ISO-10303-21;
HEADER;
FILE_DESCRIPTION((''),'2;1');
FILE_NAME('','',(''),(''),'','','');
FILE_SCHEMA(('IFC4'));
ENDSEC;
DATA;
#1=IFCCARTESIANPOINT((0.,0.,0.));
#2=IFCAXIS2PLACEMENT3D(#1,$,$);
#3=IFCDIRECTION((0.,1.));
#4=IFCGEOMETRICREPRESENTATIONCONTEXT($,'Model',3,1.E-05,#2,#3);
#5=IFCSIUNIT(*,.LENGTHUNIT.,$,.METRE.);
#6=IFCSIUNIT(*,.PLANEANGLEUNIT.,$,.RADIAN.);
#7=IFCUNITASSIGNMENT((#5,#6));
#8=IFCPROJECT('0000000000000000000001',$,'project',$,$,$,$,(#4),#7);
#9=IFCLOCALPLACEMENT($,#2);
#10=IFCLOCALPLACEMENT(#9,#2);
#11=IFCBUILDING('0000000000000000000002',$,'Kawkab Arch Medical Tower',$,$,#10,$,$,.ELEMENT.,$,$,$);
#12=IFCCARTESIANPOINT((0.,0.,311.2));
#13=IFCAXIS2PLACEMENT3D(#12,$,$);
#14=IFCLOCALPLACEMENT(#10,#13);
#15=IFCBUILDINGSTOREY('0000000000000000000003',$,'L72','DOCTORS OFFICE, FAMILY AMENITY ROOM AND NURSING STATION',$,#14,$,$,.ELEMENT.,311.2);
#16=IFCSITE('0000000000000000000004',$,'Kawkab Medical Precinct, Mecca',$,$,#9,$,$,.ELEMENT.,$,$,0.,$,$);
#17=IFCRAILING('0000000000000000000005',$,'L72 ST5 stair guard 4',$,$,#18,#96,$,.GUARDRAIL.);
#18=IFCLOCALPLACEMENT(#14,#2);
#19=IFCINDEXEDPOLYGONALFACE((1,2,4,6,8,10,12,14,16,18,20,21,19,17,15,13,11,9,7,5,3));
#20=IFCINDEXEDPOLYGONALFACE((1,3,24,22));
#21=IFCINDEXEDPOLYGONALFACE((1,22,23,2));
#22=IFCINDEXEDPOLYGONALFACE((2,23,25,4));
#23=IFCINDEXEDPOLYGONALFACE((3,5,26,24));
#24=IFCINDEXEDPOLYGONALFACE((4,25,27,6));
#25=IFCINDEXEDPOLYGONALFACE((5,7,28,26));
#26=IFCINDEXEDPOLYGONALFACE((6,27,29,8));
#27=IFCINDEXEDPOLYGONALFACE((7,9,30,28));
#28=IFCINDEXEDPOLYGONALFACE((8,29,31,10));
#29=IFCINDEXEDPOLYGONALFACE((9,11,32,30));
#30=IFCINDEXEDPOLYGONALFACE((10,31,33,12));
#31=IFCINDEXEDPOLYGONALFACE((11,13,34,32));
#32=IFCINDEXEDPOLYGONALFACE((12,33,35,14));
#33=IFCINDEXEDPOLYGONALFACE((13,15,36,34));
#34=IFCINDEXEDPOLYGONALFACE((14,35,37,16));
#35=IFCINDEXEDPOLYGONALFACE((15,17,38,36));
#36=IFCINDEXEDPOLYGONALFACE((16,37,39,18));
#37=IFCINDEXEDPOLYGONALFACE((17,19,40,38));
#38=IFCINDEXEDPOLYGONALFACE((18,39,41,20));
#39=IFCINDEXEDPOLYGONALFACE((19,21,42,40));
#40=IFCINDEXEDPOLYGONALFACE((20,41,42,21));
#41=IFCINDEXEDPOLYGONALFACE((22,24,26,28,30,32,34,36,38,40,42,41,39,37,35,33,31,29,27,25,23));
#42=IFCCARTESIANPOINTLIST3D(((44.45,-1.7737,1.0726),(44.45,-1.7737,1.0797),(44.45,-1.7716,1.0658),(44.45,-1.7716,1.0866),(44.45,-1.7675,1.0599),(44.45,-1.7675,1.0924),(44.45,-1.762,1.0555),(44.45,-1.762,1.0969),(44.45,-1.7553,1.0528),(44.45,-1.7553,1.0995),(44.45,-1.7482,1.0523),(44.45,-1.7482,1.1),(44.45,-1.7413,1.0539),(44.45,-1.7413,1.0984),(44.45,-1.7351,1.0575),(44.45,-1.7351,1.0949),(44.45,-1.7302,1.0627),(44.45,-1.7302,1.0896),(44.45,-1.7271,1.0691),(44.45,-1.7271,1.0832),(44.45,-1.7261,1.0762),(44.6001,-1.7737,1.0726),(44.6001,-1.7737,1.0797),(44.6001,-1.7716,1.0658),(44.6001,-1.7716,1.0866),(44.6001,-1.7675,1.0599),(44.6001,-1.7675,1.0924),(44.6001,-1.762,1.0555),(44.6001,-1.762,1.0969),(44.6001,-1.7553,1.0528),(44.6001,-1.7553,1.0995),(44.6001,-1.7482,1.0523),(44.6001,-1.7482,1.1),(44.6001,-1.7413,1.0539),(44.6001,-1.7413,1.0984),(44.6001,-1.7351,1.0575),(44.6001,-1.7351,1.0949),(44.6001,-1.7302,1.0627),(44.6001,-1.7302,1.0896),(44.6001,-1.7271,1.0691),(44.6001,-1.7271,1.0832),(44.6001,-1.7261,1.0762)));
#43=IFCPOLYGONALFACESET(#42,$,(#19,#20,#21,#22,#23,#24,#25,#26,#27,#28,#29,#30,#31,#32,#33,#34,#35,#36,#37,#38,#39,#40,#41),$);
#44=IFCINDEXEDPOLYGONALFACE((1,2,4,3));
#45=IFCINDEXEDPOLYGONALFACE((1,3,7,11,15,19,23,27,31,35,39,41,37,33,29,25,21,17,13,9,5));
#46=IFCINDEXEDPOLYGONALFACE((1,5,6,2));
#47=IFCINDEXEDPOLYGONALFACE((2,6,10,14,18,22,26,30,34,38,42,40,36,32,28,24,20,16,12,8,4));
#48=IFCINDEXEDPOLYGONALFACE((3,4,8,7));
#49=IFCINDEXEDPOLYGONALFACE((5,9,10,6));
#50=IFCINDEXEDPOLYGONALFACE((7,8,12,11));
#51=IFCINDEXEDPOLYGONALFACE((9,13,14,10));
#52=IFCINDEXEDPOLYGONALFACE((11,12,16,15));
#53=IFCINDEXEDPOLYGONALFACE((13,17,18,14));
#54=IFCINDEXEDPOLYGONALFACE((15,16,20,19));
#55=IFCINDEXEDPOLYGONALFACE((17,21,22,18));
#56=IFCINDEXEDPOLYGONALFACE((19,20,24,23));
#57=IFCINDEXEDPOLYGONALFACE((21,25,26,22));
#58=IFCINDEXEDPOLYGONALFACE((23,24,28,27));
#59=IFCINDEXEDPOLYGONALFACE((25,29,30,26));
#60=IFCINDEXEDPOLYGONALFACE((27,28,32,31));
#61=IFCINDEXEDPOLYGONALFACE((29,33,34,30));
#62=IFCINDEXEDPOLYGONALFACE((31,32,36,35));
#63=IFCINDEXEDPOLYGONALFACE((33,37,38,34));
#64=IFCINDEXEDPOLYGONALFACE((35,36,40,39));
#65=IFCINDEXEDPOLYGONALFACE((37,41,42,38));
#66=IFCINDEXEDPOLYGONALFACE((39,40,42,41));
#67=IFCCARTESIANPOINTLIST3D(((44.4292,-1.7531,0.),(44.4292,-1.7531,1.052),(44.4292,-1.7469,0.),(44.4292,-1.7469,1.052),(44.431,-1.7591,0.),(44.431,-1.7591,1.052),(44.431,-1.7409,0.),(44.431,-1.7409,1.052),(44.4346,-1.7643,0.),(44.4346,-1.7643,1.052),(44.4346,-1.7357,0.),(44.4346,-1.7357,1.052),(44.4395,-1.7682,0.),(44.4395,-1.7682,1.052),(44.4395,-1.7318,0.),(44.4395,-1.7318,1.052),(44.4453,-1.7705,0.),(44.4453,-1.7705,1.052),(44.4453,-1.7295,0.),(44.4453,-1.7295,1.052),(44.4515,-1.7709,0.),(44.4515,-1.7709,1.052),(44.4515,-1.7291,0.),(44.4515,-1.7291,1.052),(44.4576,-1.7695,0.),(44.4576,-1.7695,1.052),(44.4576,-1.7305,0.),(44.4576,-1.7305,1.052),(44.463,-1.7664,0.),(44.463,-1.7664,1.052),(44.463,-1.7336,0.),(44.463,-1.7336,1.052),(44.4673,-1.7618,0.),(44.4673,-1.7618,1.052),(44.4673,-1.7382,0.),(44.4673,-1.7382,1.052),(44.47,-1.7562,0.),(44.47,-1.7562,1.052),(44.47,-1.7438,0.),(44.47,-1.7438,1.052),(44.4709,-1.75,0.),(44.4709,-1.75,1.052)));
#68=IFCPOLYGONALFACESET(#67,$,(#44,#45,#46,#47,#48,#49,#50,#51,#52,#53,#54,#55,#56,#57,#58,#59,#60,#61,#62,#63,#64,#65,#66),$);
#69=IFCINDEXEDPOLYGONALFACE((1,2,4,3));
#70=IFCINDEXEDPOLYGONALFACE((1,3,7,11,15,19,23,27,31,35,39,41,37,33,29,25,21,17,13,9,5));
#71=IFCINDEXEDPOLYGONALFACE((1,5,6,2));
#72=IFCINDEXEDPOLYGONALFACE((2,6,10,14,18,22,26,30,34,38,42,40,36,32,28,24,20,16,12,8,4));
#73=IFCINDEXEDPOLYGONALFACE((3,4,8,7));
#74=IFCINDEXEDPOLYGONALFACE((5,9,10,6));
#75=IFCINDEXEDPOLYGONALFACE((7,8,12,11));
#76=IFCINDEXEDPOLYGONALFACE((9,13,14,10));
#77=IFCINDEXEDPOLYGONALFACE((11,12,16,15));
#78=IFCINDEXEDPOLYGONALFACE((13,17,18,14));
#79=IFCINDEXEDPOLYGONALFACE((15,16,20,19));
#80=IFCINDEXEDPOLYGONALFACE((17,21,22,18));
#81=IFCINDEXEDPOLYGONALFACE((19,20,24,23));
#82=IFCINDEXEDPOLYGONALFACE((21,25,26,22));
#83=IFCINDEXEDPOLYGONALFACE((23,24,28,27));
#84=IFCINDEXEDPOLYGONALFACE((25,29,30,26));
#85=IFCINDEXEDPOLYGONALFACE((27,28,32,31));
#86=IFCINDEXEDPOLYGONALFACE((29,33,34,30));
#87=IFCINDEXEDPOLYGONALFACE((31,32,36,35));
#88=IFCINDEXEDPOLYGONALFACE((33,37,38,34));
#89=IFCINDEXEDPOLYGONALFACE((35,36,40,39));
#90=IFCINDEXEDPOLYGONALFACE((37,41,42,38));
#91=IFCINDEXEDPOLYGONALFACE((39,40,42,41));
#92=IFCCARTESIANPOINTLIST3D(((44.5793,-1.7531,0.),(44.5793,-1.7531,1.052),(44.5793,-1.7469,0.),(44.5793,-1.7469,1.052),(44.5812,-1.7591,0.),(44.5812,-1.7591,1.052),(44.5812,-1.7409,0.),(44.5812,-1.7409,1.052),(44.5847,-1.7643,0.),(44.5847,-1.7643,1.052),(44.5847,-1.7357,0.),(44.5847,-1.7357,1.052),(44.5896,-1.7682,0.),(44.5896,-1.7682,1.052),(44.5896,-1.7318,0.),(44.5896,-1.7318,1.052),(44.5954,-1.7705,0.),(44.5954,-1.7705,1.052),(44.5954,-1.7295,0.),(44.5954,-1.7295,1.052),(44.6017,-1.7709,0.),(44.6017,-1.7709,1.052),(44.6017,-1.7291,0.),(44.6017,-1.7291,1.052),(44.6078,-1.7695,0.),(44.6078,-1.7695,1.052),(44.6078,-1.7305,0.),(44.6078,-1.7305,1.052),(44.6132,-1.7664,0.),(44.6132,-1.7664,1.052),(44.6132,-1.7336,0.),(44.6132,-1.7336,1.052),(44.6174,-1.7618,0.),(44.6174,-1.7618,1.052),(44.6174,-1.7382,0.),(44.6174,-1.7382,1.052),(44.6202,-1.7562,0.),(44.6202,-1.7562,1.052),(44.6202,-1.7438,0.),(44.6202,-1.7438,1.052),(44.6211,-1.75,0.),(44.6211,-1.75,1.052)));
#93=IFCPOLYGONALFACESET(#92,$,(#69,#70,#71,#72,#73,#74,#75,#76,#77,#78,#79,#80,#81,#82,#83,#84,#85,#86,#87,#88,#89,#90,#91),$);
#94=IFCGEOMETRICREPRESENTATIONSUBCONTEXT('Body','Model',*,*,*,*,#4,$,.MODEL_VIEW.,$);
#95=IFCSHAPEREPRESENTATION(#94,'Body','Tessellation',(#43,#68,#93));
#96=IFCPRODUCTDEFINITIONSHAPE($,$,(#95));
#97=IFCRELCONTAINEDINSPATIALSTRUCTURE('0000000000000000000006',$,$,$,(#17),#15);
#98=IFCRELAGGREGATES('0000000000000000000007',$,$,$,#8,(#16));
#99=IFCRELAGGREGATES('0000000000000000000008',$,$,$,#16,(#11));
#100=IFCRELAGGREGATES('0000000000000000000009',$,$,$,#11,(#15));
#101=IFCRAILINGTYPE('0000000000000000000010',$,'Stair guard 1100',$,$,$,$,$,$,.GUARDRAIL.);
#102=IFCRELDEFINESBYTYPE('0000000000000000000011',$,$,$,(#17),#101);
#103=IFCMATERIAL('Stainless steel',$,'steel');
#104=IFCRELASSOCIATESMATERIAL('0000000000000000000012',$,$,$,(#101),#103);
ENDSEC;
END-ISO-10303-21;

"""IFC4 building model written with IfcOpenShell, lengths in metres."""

from ifc_helpers import new_model, si_unit, direction, frame, origin, origin_2d, place, context, subcontext, project, spatial, circle, extrude, material, type_object, element, save


model = new_model("IFC4")

# Units and contexts
model_context = context("Model", 3, precision=1e-05, world=origin(), true_north=direction((0.0, 1.0)))
body_context = subcontext(model_context, "Body", "Model", "MODEL_VIEW")
ifc_project = project(units=[si_unit("LENGTHUNIT", "METRE"), si_unit("PLANEANGLEUNIT", "RADIAN")], contexts=[model_context])

# Site, building, storey
site_placement = place(None, origin())
site = spatial("IfcSite", under=ifc_project, at=site_placement, Name="Kawkab Medical Precinct, Mecca", CompositionType="ELEMENT", RefElevation=0.0)
building_placement = place(site_placement, origin())
building = spatial("IfcBuilding", under=site, at=building_placement, Name="Kawkab Arch Medical Tower", CompositionType="ELEMENT")
storey_placement = place(building_placement, frame((0.0, 0.0, 311.2)))
storey = spatial("IfcBuildingStorey", under=building, at=storey_placement, Name="L72", Description="DOCTORS OFFICE, FAMILY AMENITY ROOM AND NURSING STATION", CompositionType="ELEMENT", Elevation=311.2)

# Railing
ifc_material_1 = material(Name="Stainless steel", Category="steel")
railing_type = type_object("IfcRailingType", Name="Stair guard 1100", PredefinedType="GUARDRAIL", material=ifc_material_1)
railing_1_placement = place(storey_placement, frame((44.45, -1.75, 0.0)))
element("IfcRailing", 1, at=railing_1_placement, inside=storey, type_object=railing_type, Name="L72 ST5 stair guard 4", PredefinedType="GUARDRAIL", context=body_context, shape_type="SweptSolid", body=[
    extrude(circle(Radius=0.0239, at=origin_2d()), frame((0.0, 0.0, 1.0762), z_axis=(1.0, 0.0, 0.0), x_axis=(0.0, 1.0, 0.0)), (0.0, 0.0, 1.0), 0.1501),
    extrude(circle(Radius=0.021, at=origin_2d()), origin(), (0.0, 0.0, 1.0), 1.052),
    extrude(circle(Radius=0.021, at=origin_2d()), frame((0.1501, 0.0, 0.0)), (0.0, 0.0, 1.0), 1.052),
])

save(model, "model.ifc")
